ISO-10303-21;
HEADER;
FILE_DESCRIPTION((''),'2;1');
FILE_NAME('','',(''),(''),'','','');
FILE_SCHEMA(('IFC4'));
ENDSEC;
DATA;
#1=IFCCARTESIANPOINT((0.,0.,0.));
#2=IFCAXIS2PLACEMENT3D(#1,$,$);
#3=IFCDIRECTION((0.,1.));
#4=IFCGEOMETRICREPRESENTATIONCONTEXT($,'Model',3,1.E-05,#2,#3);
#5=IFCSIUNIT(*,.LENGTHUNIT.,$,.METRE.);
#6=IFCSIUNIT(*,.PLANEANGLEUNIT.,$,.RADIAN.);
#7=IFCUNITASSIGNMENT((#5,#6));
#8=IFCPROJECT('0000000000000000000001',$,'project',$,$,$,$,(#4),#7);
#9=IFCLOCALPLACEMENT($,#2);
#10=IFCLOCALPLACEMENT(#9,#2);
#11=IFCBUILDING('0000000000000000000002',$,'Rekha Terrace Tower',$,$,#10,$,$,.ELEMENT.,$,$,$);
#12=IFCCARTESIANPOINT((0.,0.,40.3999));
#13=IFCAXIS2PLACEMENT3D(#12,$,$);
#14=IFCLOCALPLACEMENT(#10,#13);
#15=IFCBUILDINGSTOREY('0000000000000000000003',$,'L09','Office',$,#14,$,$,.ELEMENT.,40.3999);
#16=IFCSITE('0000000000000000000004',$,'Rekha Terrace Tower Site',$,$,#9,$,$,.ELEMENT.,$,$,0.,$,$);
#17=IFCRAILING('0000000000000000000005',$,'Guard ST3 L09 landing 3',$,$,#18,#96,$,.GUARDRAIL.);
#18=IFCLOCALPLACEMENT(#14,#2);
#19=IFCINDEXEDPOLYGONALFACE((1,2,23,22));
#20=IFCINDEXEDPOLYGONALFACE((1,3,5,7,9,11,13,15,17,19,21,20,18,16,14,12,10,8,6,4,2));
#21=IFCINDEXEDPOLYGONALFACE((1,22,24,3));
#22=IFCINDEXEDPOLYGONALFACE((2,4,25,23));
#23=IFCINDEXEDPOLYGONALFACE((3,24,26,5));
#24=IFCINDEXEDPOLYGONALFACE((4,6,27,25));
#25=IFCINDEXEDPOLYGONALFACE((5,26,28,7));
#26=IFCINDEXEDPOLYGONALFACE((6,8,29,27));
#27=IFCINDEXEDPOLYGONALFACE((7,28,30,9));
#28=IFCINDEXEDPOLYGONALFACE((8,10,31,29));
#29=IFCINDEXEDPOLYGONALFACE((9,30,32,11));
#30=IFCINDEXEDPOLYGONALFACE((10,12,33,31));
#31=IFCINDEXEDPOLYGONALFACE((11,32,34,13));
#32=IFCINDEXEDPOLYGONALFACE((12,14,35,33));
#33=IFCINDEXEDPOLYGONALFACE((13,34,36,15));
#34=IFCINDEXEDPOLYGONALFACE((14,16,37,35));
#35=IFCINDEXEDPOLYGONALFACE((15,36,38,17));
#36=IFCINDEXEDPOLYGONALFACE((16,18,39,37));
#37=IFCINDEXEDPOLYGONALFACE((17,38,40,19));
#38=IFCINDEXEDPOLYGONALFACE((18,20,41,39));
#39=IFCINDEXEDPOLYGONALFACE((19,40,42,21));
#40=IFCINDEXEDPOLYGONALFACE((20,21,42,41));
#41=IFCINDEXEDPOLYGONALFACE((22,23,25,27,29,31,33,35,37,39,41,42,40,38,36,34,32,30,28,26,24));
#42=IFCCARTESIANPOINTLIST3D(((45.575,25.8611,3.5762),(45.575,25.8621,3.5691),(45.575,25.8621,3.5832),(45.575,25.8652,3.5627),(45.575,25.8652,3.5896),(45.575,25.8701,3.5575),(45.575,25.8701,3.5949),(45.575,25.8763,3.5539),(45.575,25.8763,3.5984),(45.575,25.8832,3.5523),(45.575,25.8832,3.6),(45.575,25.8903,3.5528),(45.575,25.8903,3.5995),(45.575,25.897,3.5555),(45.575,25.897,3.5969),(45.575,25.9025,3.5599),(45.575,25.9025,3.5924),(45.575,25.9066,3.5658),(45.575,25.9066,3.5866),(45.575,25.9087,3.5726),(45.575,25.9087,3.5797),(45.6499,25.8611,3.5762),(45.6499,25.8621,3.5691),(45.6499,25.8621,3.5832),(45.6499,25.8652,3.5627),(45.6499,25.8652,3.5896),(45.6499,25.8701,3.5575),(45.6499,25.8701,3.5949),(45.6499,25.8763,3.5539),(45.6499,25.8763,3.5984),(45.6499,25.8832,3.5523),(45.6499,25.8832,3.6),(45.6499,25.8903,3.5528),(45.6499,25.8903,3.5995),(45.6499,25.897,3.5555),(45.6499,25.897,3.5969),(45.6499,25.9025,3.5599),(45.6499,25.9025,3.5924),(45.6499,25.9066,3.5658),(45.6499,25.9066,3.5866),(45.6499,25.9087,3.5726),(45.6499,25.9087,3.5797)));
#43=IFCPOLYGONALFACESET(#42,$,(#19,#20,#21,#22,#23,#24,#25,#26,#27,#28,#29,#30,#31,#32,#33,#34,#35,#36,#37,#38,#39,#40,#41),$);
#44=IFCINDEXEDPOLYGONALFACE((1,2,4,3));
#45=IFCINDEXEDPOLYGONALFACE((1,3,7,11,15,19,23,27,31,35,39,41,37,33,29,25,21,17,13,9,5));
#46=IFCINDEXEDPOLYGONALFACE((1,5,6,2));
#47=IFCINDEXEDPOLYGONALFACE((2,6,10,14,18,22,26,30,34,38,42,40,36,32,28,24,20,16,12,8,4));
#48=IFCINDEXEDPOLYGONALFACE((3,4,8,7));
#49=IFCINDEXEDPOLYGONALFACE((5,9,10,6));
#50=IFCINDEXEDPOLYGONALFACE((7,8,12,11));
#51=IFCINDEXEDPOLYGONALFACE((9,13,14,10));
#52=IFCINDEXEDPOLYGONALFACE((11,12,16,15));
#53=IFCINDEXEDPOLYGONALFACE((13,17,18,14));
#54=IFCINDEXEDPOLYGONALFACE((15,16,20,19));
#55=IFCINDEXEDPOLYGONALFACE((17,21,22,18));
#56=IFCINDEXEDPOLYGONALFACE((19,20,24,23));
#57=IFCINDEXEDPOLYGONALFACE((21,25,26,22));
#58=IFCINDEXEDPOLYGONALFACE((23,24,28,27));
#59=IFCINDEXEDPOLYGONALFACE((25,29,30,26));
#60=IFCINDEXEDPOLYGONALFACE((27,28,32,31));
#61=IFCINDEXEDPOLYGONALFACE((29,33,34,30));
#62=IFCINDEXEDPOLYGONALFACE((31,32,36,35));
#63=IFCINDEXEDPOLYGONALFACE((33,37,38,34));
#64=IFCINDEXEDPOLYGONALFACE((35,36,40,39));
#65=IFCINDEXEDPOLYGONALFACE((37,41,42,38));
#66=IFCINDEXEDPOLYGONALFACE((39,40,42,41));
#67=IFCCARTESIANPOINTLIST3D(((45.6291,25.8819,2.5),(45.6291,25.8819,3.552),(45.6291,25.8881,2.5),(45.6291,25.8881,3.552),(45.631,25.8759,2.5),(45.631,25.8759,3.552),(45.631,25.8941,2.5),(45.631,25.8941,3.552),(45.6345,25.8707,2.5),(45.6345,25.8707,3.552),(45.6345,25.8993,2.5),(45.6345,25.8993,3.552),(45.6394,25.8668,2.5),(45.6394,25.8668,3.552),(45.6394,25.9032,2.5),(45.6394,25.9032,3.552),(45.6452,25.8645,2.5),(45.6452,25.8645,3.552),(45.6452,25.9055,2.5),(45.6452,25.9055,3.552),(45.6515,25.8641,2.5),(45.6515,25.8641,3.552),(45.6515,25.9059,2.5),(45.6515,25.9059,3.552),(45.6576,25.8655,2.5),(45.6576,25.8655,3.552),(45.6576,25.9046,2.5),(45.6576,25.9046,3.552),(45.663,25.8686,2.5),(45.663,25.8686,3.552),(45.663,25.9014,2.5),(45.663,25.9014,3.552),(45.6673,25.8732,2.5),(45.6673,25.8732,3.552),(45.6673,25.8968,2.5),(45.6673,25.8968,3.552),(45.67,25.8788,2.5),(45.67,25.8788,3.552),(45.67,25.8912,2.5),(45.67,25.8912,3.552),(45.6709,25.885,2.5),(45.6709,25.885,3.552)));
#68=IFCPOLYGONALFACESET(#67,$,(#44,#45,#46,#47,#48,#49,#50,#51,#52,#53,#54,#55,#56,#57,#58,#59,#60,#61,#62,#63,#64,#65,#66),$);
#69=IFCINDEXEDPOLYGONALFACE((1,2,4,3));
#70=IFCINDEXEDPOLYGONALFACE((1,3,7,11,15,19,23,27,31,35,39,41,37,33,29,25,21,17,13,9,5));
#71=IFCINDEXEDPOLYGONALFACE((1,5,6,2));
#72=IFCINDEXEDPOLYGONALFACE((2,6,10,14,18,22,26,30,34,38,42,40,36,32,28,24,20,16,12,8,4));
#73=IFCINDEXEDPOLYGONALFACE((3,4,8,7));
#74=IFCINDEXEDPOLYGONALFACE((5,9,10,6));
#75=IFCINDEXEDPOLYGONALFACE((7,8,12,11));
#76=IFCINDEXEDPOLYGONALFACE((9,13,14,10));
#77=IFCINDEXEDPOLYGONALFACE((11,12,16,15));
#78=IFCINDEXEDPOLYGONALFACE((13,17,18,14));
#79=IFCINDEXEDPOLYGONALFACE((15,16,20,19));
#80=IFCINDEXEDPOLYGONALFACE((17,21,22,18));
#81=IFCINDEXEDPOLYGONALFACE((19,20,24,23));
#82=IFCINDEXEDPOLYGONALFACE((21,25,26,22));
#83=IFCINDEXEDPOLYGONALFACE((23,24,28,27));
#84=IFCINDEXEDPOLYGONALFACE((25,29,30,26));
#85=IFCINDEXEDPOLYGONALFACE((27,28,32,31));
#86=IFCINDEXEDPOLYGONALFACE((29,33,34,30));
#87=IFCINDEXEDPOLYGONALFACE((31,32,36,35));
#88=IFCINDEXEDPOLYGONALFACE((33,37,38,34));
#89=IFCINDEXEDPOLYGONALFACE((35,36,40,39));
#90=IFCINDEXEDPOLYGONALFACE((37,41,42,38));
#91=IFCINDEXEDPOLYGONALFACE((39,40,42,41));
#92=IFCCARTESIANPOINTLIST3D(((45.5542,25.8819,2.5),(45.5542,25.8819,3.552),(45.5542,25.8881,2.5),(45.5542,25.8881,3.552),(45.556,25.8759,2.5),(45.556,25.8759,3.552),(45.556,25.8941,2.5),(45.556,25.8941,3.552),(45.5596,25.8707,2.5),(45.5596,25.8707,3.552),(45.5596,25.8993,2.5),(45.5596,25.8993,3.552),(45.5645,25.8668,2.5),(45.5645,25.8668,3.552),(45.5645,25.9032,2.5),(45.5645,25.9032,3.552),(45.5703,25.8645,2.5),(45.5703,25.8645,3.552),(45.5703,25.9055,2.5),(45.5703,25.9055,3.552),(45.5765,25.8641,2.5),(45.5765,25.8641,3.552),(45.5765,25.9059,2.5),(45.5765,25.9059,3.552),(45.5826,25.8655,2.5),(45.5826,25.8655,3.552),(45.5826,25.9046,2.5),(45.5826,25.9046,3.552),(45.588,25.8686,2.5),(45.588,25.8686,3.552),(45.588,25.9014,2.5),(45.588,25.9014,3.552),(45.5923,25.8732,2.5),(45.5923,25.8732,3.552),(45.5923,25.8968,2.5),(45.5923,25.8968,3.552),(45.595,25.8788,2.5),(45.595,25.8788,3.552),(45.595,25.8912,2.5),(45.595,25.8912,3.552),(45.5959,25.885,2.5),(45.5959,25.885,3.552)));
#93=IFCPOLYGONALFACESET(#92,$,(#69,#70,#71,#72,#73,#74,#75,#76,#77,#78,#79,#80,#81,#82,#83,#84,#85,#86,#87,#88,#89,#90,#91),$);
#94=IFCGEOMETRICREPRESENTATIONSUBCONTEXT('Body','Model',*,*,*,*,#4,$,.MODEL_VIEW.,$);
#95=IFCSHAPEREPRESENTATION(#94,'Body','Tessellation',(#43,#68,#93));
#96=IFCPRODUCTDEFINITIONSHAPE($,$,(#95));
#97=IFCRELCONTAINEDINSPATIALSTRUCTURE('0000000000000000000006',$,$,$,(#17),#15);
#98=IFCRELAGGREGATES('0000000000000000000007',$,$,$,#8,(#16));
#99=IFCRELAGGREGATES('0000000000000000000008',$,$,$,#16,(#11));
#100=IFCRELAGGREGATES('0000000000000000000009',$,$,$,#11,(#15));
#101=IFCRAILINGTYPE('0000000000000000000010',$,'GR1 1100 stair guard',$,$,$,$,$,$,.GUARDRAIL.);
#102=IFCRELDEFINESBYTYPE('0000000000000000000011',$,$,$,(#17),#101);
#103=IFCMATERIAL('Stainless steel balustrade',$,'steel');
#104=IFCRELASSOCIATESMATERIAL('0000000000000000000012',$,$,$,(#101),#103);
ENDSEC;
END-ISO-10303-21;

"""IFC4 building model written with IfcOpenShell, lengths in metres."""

from ifc_helpers import new_model, si_unit, direction, frame, origin, origin_2d, place, context, subcontext, project, spatial, circle, extrude, material, type_object, element, save


model = new_model("IFC4")

# Units and contexts
model_context = context("Model", 3, precision=1e-05, world=origin(), true_north=direction((0.0, 1.0)))
body_context = subcontext(model_context, "Body", "Model", "MODEL_VIEW")
ifc_project = project(units=[si_unit("LENGTHUNIT", "METRE"), si_unit("PLANEANGLEUNIT", "RADIAN")], contexts=[model_context])

# Site, building, storey
site_placement = place(None, origin())
site = spatial("IfcSite", under=ifc_project, at=site_placement, Name="Rekha Terrace Tower Site", CompositionType="ELEMENT", RefElevation=0.0)
building_placement = place(site_placement, origin())
building = spatial("IfcBuilding", under=site, at=building_placement, Name="Rekha Terrace Tower", CompositionType="ELEMENT")
storey_placement = place(building_placement, frame((0.0, 0.0, 40.3999)))
storey = spatial("IfcBuildingStorey", under=building, at=storey_placement, Name="L09", Description="Office", CompositionType="ELEMENT", Elevation=40.3999)

# Railing
ifc_material_1 = material(Name="Stainless steel balustrade", Category="steel")
railing_type_1 = type_object("IfcRailingType", Name="GR1 1100 stair guard", PredefinedType="GUARDRAIL", material=ifc_material_1)
railing_1_placement = place(storey_placement, frame((45.6499, 25.885, 2.5)))
element("IfcRailing", 1, at=railing_1_placement, inside=storey, type_object=railing_type_1, Name="Guard ST3 L09 landing 3", PredefinedType="GUARDRAIL", context=body_context, shape_type="SweptSolid", body=[
    extrude(circle(Radius=0.0239, at=origin_2d()), frame((0.0, 0.0, 1.0762), z_axis=(-1.0, 0.0, 0.0), x_axis=(0.0, -1.0, 0.0)), (0.0, 0.0, 1.0), 0.075),
    extrude(circle(Radius=0.021, at=origin_2d()), origin(), (0.0, 0.0, 1.0), 1.052),
    extrude(circle(Radius=0.021, at=origin_2d()), frame((-0.075, 0.0, 0.0)), (0.0, 0.0, 1.0), 1.052),
])

save(model, "model.ifc")
